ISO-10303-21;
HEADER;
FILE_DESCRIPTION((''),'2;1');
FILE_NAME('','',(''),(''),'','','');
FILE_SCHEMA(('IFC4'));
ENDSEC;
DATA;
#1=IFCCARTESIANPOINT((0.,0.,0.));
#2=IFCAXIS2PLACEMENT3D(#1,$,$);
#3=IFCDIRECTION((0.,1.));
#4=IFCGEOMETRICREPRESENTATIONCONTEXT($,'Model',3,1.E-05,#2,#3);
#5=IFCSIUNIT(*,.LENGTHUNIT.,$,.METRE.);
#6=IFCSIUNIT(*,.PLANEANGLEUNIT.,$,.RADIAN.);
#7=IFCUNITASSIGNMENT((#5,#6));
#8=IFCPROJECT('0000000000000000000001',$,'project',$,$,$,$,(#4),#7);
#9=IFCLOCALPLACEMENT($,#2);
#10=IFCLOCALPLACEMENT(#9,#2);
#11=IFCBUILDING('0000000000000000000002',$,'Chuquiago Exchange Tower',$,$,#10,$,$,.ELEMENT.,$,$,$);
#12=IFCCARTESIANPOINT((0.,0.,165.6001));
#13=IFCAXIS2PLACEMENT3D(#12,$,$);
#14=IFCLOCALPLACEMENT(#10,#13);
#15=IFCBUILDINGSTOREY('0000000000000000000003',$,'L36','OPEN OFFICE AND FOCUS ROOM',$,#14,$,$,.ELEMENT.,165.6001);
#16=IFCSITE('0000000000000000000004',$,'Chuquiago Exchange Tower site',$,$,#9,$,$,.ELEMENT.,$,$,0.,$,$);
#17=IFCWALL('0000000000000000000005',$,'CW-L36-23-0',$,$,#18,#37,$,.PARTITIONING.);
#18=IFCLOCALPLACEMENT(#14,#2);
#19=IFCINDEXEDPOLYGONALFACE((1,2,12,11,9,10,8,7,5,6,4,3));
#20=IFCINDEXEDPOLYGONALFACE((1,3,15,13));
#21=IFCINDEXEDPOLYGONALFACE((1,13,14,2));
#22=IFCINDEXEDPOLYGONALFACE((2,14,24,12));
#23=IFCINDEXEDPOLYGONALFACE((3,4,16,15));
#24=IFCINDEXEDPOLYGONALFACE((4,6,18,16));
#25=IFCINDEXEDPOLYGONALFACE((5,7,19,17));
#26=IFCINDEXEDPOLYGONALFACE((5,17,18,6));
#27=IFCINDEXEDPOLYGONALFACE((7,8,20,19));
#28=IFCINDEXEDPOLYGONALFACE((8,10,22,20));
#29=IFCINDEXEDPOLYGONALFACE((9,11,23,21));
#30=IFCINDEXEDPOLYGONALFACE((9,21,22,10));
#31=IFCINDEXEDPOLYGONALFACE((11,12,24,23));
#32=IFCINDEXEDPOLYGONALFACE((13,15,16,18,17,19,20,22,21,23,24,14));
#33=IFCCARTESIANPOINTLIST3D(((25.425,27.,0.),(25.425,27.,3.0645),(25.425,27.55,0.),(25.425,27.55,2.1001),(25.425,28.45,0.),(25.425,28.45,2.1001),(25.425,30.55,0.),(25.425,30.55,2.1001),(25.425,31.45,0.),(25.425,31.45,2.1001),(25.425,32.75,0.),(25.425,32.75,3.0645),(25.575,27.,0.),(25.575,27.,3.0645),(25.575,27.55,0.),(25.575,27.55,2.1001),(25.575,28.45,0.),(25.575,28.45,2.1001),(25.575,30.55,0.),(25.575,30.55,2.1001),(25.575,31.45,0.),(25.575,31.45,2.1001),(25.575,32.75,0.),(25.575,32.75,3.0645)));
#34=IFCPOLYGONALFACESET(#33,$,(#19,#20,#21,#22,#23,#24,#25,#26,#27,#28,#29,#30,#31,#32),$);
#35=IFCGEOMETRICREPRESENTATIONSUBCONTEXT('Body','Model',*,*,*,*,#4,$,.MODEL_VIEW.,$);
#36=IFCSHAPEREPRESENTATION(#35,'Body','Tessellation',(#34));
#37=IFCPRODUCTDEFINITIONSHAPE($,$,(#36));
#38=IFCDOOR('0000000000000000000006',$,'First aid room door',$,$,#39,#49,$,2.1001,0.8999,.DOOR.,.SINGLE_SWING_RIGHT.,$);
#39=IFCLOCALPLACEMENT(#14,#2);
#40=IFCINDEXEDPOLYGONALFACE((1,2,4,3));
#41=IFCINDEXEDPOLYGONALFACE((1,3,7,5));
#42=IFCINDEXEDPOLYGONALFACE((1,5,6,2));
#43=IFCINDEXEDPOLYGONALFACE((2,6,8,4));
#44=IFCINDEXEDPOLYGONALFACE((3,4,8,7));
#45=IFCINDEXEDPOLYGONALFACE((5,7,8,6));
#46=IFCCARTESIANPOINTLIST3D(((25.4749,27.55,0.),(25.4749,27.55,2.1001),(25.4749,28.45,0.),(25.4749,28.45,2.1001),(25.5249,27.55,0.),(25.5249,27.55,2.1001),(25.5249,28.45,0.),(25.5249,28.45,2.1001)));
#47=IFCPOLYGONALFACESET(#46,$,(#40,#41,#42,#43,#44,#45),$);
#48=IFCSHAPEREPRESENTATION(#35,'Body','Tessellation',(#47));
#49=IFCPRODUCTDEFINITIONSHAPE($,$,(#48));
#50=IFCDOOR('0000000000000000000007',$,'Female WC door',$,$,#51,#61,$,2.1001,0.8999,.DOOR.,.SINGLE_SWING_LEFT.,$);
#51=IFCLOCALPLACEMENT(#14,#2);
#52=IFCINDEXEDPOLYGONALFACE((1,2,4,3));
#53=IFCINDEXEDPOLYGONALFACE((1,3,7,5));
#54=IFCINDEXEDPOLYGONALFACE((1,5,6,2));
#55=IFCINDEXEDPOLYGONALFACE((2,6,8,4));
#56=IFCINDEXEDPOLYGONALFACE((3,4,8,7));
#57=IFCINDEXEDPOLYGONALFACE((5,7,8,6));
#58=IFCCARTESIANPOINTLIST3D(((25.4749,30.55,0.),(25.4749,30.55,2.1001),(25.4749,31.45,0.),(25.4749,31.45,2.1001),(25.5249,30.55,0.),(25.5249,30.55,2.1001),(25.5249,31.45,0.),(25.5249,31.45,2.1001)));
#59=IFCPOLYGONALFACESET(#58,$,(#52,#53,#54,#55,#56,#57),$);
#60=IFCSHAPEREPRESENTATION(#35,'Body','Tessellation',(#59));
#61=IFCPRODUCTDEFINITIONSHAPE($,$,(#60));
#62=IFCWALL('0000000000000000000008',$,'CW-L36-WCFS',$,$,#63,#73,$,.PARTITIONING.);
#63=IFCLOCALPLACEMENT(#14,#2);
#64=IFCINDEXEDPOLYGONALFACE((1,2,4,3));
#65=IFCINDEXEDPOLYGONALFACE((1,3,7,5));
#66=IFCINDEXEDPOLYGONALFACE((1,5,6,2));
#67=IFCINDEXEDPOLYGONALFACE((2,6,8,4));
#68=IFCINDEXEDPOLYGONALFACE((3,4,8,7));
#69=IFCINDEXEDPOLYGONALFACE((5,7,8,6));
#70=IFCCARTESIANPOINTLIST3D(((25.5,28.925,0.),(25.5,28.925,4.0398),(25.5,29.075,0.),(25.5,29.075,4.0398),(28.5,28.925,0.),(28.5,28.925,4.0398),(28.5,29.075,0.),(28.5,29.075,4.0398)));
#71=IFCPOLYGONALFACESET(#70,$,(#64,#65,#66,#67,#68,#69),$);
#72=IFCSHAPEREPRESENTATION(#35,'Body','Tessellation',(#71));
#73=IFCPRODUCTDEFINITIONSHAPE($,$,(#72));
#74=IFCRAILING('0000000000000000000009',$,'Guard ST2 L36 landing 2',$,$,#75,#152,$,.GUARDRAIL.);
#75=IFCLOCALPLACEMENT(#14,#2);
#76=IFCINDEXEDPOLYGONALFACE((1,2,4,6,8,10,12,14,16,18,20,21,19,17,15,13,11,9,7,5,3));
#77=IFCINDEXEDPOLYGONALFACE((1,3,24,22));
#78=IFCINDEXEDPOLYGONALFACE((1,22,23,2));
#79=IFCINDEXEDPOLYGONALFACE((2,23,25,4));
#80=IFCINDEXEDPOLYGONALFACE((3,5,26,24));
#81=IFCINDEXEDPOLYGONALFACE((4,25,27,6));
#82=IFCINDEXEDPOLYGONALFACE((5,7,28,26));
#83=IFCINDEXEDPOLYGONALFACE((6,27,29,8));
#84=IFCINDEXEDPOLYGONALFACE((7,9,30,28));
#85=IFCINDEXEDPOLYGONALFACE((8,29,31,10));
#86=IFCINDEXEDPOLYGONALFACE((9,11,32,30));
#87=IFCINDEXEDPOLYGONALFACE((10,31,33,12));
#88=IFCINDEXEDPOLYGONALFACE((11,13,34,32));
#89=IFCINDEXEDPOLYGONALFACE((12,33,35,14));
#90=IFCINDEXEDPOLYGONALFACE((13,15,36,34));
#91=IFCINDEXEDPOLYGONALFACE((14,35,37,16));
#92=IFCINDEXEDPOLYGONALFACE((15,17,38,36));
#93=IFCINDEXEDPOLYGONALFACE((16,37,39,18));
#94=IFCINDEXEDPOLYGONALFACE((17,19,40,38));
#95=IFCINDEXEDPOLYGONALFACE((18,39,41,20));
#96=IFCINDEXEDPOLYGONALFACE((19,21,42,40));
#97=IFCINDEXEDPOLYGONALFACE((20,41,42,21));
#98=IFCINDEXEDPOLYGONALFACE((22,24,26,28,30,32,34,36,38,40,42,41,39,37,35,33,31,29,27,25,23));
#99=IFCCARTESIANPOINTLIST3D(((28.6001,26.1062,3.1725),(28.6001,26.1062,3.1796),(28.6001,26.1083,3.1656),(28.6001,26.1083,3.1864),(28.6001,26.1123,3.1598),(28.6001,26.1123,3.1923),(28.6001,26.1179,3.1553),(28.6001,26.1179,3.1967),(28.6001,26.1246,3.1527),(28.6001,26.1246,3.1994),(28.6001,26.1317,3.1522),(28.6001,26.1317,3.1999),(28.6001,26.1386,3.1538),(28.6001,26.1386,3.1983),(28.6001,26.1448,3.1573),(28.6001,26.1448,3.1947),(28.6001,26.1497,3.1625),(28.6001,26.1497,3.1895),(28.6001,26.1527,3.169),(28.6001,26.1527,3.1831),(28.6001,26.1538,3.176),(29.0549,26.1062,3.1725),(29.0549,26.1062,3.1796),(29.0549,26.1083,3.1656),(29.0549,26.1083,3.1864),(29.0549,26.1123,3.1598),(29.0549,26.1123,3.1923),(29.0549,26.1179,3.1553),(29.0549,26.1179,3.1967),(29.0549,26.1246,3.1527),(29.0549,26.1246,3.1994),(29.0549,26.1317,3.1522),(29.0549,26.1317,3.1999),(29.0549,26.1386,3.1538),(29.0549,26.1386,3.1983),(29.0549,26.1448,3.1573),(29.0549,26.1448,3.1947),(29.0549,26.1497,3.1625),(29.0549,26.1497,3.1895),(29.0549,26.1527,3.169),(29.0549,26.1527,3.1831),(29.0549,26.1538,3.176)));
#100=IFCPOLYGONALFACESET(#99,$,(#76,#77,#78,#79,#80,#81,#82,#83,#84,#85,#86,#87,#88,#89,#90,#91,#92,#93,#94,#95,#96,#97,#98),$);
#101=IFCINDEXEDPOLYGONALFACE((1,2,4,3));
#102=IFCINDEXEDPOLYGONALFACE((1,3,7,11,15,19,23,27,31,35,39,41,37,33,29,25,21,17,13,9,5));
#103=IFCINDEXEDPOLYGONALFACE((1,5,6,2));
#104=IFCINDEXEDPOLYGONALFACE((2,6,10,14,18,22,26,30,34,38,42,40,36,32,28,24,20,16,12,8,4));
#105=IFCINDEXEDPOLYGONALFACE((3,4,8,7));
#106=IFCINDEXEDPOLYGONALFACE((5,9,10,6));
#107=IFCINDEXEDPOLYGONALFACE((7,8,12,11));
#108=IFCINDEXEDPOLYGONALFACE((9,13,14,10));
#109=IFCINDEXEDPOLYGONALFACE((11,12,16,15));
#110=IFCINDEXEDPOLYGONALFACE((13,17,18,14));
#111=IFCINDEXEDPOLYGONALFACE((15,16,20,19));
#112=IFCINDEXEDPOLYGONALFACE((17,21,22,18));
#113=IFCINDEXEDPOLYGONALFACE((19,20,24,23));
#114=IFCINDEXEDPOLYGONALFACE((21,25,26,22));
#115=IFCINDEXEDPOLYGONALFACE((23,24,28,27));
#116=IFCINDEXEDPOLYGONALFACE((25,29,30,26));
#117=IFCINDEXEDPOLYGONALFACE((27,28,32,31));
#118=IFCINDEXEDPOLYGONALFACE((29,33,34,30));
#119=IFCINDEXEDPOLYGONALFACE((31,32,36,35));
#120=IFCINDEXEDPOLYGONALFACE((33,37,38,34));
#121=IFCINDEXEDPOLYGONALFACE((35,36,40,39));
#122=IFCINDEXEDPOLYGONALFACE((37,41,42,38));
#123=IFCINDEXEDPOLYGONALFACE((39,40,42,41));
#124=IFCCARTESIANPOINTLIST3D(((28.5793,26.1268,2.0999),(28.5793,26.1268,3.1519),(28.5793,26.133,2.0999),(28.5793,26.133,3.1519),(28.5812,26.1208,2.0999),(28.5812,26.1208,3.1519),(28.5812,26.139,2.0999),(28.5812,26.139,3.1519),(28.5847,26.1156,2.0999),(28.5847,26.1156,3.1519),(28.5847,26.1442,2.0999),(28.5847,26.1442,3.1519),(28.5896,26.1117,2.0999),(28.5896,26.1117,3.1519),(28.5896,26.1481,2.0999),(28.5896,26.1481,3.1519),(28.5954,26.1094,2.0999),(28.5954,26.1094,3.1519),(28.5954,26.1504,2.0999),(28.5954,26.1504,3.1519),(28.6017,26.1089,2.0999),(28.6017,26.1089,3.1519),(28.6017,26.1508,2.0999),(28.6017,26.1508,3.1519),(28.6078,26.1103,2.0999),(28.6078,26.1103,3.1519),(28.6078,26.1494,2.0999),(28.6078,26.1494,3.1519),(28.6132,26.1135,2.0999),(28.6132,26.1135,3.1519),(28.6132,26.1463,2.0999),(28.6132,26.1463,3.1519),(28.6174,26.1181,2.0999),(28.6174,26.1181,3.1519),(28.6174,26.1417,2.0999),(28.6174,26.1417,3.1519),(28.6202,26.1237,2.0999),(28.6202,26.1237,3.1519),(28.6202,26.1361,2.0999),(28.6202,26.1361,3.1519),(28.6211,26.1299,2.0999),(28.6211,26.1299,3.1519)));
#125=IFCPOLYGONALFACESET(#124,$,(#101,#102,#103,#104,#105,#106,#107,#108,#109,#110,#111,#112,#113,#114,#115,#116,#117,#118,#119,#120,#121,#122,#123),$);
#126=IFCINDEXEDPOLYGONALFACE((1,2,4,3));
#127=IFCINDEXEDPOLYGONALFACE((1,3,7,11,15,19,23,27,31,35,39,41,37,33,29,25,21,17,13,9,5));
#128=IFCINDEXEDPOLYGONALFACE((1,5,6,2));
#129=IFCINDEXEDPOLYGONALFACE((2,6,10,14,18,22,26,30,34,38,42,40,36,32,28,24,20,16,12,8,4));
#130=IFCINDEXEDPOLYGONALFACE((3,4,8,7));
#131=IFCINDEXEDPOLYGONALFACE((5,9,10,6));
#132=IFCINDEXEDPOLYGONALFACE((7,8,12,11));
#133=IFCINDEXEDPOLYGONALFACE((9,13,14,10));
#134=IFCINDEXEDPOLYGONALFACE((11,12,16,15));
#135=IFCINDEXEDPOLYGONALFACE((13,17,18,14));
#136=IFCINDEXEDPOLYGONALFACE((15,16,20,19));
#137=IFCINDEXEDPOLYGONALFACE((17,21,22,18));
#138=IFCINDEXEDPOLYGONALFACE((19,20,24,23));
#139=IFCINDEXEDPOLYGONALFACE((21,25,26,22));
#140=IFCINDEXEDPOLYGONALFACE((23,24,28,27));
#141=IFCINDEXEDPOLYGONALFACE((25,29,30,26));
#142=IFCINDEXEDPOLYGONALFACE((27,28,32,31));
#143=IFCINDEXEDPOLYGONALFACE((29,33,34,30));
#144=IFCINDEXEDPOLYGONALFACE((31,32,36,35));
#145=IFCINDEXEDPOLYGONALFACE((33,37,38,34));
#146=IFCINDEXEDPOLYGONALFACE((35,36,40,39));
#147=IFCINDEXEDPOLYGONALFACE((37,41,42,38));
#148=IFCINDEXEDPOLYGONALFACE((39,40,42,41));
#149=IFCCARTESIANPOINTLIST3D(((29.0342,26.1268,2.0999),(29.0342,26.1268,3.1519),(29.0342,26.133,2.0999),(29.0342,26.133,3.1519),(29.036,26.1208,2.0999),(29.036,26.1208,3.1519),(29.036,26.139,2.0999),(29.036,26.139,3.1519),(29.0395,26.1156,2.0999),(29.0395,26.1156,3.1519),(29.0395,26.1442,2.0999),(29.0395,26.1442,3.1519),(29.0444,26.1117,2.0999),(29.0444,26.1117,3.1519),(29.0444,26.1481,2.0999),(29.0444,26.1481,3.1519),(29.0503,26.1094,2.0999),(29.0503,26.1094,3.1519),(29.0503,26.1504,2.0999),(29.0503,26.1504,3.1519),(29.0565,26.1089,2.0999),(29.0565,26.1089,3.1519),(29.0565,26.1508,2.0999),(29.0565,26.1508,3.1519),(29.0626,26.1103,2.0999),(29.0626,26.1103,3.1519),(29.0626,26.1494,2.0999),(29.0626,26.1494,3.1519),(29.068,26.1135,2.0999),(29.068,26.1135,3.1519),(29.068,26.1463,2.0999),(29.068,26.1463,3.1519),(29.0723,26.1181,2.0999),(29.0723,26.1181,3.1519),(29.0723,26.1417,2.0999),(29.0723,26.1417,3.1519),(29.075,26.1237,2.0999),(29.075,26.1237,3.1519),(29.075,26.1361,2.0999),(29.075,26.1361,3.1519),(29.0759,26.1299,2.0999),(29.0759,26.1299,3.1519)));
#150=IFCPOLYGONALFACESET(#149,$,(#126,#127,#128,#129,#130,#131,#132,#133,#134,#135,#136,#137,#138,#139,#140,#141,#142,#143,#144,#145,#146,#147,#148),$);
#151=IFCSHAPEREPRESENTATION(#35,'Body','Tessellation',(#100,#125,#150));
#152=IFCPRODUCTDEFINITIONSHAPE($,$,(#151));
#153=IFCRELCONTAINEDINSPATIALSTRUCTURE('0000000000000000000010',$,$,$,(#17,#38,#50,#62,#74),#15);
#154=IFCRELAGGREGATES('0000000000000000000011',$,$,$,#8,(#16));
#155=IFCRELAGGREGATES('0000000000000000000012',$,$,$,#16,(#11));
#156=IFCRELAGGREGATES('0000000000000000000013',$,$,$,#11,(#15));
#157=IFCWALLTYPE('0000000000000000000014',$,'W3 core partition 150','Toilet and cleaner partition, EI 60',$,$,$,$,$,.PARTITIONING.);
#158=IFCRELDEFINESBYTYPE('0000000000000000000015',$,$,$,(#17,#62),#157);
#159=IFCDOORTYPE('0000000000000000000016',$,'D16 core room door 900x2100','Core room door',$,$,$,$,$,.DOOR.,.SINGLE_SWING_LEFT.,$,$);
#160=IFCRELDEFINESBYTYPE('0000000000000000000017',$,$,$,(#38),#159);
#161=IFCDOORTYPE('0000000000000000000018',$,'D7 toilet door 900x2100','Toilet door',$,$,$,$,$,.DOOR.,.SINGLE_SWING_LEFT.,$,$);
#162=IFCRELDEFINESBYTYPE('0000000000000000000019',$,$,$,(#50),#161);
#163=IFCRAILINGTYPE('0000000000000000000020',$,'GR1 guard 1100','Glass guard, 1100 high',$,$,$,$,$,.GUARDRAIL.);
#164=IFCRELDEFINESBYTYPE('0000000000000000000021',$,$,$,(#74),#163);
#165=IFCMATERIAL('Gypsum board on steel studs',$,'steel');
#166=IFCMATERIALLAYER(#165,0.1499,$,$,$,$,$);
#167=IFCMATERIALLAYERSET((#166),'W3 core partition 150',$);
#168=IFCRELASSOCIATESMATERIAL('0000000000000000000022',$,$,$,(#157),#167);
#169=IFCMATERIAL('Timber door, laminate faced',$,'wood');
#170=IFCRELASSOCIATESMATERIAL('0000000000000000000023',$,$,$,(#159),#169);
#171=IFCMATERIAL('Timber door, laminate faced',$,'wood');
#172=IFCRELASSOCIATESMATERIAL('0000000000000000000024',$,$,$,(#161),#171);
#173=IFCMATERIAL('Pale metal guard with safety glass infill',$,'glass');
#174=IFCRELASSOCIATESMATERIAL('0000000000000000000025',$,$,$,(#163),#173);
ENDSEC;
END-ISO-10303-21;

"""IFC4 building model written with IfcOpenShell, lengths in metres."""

from ifc_helpers import new_model, si_unit, direction, frame, frame_2d, origin, origin_2d, place, context, subcontext, project, spatial, rectangle, circle, extrude, material, layer, layer_set, type_object, element, fill, save


model = new_model("IFC4")

# Units and contexts
model_context = context("Model", 3, precision=1e-05, world=origin(), true_north=direction((0.0, 1.0)))
body_context = subcontext(model_context, "Body", "Model", "MODEL_VIEW")
ifc_project = project(units=[si_unit("LENGTHUNIT", "METRE"), si_unit("PLANEANGLEUNIT", "RADIAN")], contexts=[model_context])

# Site, building, storey
site_placement = place(None, origin())
site = spatial("IfcSite", under=ifc_project, at=site_placement, Name="Chuquiago Exchange Tower site", CompositionType="ELEMENT", RefElevation=0.0)
building_placement = place(site_placement, origin())
building = spatial("IfcBuilding", under=site, at=building_placement, Name="Chuquiago Exchange Tower", CompositionType="ELEMENT")
storey_placement = place(building_placement, frame((0.0, 0.0, 165.6001)))
storey = spatial("IfcBuildingStorey", under=building, at=storey_placement, Name="L36", Description="OPEN OFFICE AND FOCUS ROOM", CompositionType="ELEMENT", Elevation=165.6001)

# Wall, openings, doors
ifc_material_1 = material(Name="Gypsum board on steel studs", Category="steel")
ifc_layer_1 = layer(ifc_material_1, 0.1499)
ifc_layer_set_1 = layer_set([ifc_layer_1], Name="W3 core partition 150")
wall_type_1 = type_object("IfcWallType", Name="W3 core partition 150", Description="Toilet and cleaner partition, EI 60", PredefinedType="PARTITIONING", material=ifc_layer_set_1)
ifc_material_2 = material(Name="Timber door, laminate faced", Category="wood")
door_type_1 = type_object("IfcDoorType", Name="D16 core room door 900x2100", Description="Core room door", OperationType="SINGLE_SWING_LEFT", PredefinedType="DOOR", material=ifc_material_2)
ifc_material_3 = material(Name="Timber door, laminate faced", Category="wood")
door_type_2 = type_object("IfcDoorType", Name="D7 toilet door 900x2100", Description="Toilet door", OperationType="SINGLE_SWING_LEFT", PredefinedType="DOOR", material=ifc_material_3)
wall_1_placement = place(storey_placement, frame((25.5, 27.0, 0.0), z_axis=(0.0, 0.0, 1.0), x_axis=(0.0, 1.0, 0.0)))
wall_1 = element("IfcWall", 1, at=wall_1_placement, inside=storey, type_object=wall_type_1, Name="CW-L36-23-0", PredefinedType="PARTITIONING", context=body_context, shape_type="SweptSolid", body=[
    extrude(rectangle(XDim=5.75, YDim=0.1499, at=frame_2d((2.875, 0.0))), origin(), (0.0, 0.0, 1.0), 3.0645),
])
opening_1_placement = place(wall_1_placement, frame((0.55, 0.0, 0.0)))
opening_1 = element("IfcOpeningElement", 2, at=opening_1_placement, cuts=wall_1, PredefinedType="OPENING", context=body_context, shape_type="SweptSolid", body=[
    extrude(rectangle(XDim=0.8999, YDim=2.1001, at=frame_2d((0.45, 1.05))), frame((0.0, 0.085, 0.0), z_axis=(0.0, -1.0, 0.0), x_axis=(1.0, 0.0, 0.0)), (0.0, 0.0, 1.0), 0.1699),
])
opening_2_placement = place(wall_1_placement, frame((3.55, 0.0, 0.0)))
opening_2 = element("IfcOpeningElement", 3, at=opening_2_placement, cuts=wall_1, PredefinedType="OPENING", context=body_context, shape_type="SweptSolid", body=[
    extrude(rectangle(XDim=0.8999, YDim=2.1001, at=frame_2d((0.45, 1.05))), frame((0.0, 0.085, 0.0), z_axis=(0.0, -1.0, 0.0), x_axis=(1.0, 0.0, 0.0)), (0.0, 0.0, 1.0), 0.1699),
])
door_1_placement = place(opening_1_placement, frame((0.8999, 0.0, 0.0), z_axis=(0.0, 0.0, 1.0), x_axis=(-1.0, 0.0, 0.0)))
door_1 = element("IfcDoor", 4, at=door_1_placement, inside=storey, type_object=door_type_1, Name="First aid room door", OperationType="SINGLE_SWING_RIGHT", OverallHeight=2.1001, OverallWidth=0.8999, PredefinedType="DOOR", context=body_context, shape_type="SweptSolid", body=[
    extrude(rectangle(XDim=0.8999, YDim=2.1001, at=frame_2d((0.45, 1.05))), frame((0.0, 0.0249, 0.0), z_axis=(0.0, -1.0, 0.0), x_axis=(1.0, 0.0, 0.0)), (0.0, 0.0, 1.0), 0.05),
])
fill(opening_1, door_1)
door_2_placement = place(opening_2_placement, frame((0.8999, 0.0, 0.0), z_axis=(0.0, 0.0, 1.0), x_axis=(-1.0, 0.0, 0.0)))
door_2 = element("IfcDoor", 5, at=door_2_placement, inside=storey, type_object=door_type_2, Name="Female WC door", OperationType="SINGLE_SWING_LEFT", OverallHeight=2.1001, OverallWidth=0.8999, PredefinedType="DOOR", context=body_context, shape_type="SweptSolid", body=[
    extrude(rectangle(XDim=0.8999, YDim=2.1001, at=frame_2d((0.45, 1.05))), frame((0.0, 0.0249, 0.0), z_axis=(0.0, -1.0, 0.0), x_axis=(1.0, 0.0, 0.0)), (0.0, 0.0, 1.0), 0.05),
])
fill(opening_2, door_2)

# Wall
wall_2_placement = place(storey_placement, frame((25.5, 29.0, 0.0), z_axis=(0.0, 0.0, 1.0), x_axis=(1.0, 0.0, 0.0)))
element("IfcWall", 6, at=wall_2_placement, inside=storey, type_object=wall_type_1, Name="CW-L36-WCFS", PredefinedType="PARTITIONING", context=body_context, shape_type="SweptSolid", body=[
    extrude(rectangle(XDim=3.0, YDim=0.1499, at=frame_2d((1.5, 0.0))), origin(), (0.0, 0.0, 1.0), 4.0398),
])

# Railing
ifc_material_4 = material(Name="Pale metal guard with safety glass infill", Category="glass")
railing_type = type_object("IfcRailingType", Name="GR1 guard 1100", Description="Glass guard, 1100 high", PredefinedType="GUARDRAIL", material=ifc_material_4)
railing_placement = place(storey_placement, frame((28.6001, 26.1299, 2.0999)))
element("IfcRailing", 7, at=railing_placement, inside=storey, type_object=railing_type, Name="Guard ST2 L36 landing 2", PredefinedType="GUARDRAIL", context=body_context, shape_type="SweptSolid", body=[
    extrude(circle(Radius=0.0239, at=origin_2d()), frame((0.0, 0.0, 1.0762), z_axis=(1.0, 0.0, 0.0), x_axis=(0.0, 1.0, 0.0)), (0.0, 0.0, 1.0), 0.4548),
    extrude(circle(Radius=0.021, at=origin_2d()), origin(), (0.0, 0.0, 1.0), 1.052),
    extrude(circle(Radius=0.021, at=origin_2d()), frame((0.4548, 0.0, 0.0)), (0.0, 0.0, 1.0), 1.052),
])

save(model, "model.ifc")
